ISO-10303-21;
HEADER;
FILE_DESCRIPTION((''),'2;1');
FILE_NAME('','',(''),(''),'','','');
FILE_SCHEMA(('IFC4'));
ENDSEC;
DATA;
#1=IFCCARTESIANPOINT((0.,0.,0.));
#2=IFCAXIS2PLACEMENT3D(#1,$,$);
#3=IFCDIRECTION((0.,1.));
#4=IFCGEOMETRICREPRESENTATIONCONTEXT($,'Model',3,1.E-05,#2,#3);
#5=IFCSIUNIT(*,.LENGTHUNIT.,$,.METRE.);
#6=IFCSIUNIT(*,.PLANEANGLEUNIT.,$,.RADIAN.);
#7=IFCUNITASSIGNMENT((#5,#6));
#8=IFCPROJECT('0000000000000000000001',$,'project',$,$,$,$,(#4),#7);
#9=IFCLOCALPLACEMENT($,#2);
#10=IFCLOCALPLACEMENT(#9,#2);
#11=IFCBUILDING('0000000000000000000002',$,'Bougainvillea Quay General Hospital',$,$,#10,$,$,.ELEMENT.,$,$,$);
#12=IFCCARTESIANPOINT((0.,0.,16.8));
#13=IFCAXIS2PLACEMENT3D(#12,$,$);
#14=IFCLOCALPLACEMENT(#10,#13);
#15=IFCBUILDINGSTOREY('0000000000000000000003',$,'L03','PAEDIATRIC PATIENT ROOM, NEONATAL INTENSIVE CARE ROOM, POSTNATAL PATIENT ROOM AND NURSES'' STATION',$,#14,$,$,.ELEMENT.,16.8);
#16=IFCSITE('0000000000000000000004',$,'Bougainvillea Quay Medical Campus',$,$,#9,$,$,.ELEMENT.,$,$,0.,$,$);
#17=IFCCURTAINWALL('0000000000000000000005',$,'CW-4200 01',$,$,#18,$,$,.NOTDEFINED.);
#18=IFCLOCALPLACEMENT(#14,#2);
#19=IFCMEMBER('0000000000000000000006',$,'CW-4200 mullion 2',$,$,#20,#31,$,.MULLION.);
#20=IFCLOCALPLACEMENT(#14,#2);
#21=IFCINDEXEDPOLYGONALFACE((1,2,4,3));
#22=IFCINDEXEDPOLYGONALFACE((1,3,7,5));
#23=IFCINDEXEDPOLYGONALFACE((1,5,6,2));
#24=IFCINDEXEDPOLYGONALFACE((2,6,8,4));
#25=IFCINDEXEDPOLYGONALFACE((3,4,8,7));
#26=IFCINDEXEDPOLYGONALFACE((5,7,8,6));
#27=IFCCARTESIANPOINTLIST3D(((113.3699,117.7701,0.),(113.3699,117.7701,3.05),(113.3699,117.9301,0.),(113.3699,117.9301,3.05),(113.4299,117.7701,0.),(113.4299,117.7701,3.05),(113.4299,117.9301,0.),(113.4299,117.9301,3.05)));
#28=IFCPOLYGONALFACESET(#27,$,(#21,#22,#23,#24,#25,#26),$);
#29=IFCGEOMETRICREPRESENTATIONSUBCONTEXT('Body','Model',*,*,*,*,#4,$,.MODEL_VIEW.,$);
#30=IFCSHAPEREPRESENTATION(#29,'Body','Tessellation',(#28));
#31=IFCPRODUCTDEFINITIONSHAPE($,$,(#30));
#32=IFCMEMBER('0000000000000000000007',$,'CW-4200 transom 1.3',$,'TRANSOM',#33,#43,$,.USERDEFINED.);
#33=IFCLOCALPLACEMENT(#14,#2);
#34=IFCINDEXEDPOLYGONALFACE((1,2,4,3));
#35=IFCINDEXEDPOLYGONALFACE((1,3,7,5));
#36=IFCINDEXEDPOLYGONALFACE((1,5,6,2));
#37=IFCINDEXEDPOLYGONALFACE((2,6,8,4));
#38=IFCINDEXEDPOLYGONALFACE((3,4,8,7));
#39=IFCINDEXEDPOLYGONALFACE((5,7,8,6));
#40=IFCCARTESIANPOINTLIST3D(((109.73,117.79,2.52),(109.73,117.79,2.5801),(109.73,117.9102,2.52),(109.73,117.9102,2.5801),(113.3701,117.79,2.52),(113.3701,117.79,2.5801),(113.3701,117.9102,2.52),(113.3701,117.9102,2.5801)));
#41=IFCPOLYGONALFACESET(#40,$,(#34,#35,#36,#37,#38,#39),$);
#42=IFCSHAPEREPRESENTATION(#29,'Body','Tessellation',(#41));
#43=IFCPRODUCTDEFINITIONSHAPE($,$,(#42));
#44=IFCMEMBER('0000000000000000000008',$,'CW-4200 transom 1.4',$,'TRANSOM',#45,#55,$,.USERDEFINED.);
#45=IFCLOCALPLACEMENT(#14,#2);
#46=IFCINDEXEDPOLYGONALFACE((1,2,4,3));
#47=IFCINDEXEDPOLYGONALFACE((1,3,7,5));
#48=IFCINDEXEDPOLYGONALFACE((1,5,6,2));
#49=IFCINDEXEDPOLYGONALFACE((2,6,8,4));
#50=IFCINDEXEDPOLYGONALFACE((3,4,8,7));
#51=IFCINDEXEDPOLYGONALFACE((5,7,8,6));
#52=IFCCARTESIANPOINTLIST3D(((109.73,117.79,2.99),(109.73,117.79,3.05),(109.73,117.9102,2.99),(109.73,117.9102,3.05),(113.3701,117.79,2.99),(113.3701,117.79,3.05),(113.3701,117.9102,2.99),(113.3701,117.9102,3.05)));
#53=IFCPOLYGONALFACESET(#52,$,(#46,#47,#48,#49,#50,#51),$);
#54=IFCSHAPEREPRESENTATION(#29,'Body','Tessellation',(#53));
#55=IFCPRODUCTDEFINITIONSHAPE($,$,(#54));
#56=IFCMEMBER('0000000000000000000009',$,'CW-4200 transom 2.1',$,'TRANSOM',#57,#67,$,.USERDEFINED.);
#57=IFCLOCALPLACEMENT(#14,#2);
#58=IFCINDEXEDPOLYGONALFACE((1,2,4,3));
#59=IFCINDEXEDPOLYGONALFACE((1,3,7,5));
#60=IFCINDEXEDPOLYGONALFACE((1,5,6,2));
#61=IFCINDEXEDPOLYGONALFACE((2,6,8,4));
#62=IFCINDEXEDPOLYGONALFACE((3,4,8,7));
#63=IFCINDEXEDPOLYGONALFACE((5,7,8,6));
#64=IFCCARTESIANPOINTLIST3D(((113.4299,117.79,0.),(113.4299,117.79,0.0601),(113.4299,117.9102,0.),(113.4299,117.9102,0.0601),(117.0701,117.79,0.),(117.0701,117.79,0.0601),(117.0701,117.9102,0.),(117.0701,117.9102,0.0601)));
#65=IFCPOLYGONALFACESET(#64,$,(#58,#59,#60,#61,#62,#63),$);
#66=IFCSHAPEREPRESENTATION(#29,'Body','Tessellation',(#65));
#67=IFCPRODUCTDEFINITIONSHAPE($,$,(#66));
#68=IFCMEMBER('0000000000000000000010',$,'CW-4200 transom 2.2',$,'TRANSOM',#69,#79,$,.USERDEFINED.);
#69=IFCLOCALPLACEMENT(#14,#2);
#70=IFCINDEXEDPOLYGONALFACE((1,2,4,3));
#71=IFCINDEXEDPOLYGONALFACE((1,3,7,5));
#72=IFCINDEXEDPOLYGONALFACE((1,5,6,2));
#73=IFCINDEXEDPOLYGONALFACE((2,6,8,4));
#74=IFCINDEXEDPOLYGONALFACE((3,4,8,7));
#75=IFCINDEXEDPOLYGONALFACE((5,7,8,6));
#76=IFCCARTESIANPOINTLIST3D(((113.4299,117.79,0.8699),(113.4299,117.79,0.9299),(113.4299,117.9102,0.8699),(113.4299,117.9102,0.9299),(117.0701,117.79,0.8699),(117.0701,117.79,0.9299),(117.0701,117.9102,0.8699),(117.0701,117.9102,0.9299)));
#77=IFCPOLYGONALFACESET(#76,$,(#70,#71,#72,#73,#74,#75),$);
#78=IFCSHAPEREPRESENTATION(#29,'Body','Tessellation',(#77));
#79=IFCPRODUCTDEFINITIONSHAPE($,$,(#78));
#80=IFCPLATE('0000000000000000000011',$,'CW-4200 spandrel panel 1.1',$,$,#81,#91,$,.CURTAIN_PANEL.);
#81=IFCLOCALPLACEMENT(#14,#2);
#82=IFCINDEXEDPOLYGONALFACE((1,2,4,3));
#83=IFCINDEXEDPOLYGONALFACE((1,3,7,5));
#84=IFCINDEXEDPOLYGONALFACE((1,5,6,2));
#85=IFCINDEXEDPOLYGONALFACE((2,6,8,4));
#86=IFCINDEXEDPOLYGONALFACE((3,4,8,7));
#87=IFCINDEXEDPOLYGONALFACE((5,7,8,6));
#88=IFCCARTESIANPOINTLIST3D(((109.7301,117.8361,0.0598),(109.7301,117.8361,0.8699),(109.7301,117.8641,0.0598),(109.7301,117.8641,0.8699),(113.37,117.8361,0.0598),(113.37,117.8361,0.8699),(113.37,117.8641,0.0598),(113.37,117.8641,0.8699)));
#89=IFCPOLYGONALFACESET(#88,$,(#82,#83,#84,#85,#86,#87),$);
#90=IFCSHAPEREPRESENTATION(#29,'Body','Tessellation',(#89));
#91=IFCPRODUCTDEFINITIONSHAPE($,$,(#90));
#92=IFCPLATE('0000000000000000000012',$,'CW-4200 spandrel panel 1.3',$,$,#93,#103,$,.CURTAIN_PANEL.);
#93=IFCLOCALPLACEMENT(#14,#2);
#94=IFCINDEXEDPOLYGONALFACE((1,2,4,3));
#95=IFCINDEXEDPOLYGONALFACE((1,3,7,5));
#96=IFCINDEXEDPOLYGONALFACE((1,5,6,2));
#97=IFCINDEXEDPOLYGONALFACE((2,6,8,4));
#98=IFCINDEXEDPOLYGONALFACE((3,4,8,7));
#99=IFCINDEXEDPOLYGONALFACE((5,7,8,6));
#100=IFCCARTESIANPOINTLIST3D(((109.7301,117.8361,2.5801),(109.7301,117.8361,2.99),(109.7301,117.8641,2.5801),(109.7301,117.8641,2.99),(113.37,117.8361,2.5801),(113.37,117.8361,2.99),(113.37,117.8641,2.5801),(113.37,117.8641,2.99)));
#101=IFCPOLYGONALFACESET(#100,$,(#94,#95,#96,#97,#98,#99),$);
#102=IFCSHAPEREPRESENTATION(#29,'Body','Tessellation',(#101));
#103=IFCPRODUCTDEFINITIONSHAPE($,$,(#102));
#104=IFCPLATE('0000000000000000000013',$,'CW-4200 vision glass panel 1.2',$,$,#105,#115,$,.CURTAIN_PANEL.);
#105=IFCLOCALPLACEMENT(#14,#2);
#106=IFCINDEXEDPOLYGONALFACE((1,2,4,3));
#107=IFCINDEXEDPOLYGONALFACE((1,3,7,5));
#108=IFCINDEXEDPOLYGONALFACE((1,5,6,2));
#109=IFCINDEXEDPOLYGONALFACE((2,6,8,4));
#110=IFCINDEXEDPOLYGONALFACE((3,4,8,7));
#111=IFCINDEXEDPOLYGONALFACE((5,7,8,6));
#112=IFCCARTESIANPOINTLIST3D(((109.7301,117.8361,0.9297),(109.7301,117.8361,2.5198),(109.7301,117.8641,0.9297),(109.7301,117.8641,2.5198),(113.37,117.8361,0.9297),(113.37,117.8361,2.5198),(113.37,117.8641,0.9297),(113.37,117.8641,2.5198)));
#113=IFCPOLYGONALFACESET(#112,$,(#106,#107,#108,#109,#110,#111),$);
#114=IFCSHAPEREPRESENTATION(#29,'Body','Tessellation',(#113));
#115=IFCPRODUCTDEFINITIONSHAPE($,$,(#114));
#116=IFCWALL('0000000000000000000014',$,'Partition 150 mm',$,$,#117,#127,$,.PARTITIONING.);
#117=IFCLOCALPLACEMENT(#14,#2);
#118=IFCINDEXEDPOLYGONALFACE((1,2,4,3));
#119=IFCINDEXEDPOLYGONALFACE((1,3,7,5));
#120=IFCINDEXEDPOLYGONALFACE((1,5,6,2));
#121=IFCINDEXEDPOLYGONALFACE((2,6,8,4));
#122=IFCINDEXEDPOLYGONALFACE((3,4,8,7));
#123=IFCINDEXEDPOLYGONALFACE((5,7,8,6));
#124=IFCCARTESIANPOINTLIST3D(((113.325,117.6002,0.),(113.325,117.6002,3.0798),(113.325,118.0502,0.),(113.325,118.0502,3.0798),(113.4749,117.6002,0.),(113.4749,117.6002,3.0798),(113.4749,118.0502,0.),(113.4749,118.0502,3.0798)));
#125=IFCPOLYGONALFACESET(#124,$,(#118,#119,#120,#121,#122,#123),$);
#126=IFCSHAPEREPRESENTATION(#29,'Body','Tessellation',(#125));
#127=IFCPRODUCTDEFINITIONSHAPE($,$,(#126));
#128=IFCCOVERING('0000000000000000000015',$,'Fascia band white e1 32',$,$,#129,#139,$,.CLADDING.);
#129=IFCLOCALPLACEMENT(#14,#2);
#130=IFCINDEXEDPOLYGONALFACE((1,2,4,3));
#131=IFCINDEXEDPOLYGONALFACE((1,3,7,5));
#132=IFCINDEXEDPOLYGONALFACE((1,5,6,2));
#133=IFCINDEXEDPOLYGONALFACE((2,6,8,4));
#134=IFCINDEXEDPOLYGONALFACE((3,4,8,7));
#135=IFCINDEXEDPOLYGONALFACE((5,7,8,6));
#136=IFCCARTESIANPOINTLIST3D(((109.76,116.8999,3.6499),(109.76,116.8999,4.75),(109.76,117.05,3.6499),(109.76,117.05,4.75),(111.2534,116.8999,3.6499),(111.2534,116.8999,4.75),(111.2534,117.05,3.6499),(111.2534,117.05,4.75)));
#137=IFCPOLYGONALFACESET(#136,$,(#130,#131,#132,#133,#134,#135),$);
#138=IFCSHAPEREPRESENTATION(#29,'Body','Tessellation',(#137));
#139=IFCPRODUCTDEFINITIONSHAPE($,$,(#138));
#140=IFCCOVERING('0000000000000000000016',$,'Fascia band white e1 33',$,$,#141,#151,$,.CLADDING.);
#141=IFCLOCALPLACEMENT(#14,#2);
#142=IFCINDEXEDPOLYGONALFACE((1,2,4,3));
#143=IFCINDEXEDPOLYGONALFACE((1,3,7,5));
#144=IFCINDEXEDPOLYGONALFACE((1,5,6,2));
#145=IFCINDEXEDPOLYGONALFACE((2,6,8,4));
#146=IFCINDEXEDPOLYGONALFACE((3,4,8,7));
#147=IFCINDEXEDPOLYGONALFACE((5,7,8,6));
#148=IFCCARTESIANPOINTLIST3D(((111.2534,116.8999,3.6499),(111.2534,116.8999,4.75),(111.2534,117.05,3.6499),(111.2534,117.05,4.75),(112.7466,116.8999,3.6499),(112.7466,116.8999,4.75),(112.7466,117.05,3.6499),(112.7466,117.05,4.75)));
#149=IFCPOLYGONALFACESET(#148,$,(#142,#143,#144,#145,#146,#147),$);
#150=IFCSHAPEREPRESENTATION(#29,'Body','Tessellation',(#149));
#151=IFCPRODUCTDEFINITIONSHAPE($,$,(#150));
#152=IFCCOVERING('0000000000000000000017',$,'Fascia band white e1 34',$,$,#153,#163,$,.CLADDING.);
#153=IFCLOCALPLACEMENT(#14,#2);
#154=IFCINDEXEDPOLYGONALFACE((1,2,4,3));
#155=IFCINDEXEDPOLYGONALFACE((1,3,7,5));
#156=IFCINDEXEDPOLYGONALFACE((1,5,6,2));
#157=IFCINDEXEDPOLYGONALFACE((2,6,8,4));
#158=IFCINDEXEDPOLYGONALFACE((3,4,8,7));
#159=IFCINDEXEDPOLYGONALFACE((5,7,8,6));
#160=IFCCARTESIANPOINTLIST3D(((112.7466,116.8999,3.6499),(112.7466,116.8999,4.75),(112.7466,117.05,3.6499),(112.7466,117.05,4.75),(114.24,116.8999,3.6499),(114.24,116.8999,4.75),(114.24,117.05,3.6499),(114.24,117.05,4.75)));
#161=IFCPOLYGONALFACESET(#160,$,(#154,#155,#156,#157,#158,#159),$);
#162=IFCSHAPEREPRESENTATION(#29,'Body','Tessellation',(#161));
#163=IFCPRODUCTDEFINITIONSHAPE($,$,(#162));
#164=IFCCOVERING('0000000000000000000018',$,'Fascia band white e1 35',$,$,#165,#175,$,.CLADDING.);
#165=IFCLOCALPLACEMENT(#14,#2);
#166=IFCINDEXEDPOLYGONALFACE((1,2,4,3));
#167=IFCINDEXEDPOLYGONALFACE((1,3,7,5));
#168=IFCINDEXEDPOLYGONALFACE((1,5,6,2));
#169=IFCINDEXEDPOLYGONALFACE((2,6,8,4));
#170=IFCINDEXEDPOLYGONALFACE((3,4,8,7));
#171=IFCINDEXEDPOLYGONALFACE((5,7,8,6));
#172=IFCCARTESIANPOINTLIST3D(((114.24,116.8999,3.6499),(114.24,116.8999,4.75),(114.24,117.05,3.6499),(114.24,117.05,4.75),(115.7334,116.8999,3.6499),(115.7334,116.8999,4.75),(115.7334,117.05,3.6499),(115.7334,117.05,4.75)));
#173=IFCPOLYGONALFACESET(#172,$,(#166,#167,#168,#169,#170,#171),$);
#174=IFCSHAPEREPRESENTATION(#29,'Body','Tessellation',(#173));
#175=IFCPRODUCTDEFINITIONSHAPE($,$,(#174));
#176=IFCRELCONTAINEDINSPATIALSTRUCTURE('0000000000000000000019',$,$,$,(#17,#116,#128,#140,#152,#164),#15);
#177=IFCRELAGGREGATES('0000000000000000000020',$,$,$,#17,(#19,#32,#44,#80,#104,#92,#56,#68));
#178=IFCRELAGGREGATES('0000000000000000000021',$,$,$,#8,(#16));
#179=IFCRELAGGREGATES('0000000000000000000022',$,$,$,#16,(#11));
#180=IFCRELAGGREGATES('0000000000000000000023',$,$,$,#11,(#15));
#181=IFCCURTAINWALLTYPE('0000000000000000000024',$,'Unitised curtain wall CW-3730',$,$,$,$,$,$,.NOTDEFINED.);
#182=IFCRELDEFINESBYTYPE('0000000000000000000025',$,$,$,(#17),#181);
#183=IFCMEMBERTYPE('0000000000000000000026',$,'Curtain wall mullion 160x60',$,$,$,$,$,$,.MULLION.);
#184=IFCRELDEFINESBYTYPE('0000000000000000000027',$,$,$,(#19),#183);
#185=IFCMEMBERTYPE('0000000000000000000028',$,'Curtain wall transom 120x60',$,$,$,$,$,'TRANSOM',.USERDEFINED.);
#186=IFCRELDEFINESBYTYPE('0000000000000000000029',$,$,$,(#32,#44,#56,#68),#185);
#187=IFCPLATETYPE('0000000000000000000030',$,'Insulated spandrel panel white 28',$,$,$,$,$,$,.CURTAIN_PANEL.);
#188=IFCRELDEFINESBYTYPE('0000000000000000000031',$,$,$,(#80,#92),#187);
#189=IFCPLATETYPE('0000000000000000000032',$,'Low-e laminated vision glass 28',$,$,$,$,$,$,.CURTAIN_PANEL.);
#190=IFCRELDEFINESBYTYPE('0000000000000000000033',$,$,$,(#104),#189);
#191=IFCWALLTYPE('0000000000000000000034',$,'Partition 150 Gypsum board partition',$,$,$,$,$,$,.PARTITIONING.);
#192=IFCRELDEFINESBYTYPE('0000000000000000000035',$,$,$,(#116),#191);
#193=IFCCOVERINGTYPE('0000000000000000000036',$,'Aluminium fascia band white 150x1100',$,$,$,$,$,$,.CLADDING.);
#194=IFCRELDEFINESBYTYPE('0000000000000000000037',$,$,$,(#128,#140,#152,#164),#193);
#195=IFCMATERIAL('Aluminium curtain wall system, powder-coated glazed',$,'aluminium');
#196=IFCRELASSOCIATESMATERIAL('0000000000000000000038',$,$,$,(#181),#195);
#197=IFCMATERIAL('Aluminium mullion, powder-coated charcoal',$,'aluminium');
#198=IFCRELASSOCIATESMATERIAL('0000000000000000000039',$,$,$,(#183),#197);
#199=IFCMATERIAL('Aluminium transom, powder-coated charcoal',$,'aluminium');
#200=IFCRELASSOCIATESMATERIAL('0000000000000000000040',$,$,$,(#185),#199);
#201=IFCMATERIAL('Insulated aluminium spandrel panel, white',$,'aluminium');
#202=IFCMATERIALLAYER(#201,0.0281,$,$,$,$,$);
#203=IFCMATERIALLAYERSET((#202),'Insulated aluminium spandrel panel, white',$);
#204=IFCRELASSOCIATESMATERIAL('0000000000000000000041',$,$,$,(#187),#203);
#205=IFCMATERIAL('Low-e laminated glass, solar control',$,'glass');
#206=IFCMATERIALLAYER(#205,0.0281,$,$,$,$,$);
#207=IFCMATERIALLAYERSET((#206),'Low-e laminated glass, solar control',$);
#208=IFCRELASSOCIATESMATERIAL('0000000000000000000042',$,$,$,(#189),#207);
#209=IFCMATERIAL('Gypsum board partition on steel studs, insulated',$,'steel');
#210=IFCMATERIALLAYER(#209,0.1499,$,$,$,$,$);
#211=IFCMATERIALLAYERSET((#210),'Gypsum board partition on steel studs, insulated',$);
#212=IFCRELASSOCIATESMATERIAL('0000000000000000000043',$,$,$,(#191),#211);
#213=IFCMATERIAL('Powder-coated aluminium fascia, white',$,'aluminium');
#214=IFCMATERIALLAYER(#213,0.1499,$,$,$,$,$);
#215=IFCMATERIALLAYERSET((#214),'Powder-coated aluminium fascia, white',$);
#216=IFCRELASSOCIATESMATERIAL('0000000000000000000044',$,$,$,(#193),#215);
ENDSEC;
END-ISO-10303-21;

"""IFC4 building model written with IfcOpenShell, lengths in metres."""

from ifc_helpers import new_model, si_unit, direction, frame, frame_2d, origin, origin_2d, place, context, subcontext, project, spatial, polyline, rectangle, outline, extrude, material, layer, layer_set, material_profile, profile_set, type_object, element, aggregate, save


model = new_model("IFC4")

# Units and contexts
model_context = context("Model", 3, precision=1e-05, world=origin(), true_north=direction((0.0, 1.0)))
body_context = subcontext(model_context, "Body", "Model", "MODEL_VIEW")
ifc_project = project(units=[si_unit("LENGTHUNIT", "METRE"), si_unit("PLANEANGLEUNIT", "RADIAN")], contexts=[model_context])

# Site, building, storey
site_placement = place(None, origin())
site = spatial("IfcSite", under=ifc_project, at=site_placement, Name="Bougainvillea Quay Medical Campus", CompositionType="ELEMENT", RefElevation=0.0)
building_placement = place(site_placement, origin())
building = spatial("IfcBuilding", under=site, at=building_placement, Name="Bougainvillea Quay General Hospital", CompositionType="ELEMENT")
storey_placement = place(building_placement, frame((0.0, 0.0, 16.8)))
storey = spatial("IfcBuildingStorey", under=building, at=storey_placement, Name="L03", Description="PAEDIATRIC PATIENT ROOM, NEONATAL INTENSIVE CARE ROOM, POSTNATAL PATIENT ROOM AND NURSES' STATION", CompositionType="ELEMENT", Elevation=16.8)

# Curtain wall, members, plates
ifc_material_1 = material(Name="Aluminium curtain wall system, powder-coated glazed", Category="aluminium")
curtain_wall_type = type_object("IfcCurtainWallType", Name="Unitised curtain wall CW-3730", PredefinedType="NOTDEFINED", material=ifc_material_1)
curtain_wall_placement = place(storey_placement, origin())
curtain_wall = element("IfcCurtainWall", 1, at=curtain_wall_placement, inside=storey, type_object=curtain_wall_type, Name="CW-4200 01", PredefinedType="NOTDEFINED")
ifc_material_2 = material(Name="Aluminium mullion, powder-coated charcoal", Category="aluminium")
ifc_material_profile_1 = material_profile(ifc_material_2, rectangle(XDim=0.1599, YDim=0.0601, at=origin_2d()))
ifc_profile_set_1 = profile_set([ifc_material_profile_1], Name="Aluminium mullion, powder-coated charcoal")
member_type_1 = type_object("IfcMemberType", Name="Curtain wall mullion 160x60", PredefinedType="MULLION", material=ifc_profile_set_1)
member_1_placement = place(storey_placement, frame((113.3999, 117.8501, 0.0), z_axis=(0.0, 0.0, 1.0), x_axis=(0.0, 1.0, 0.0)))
member_1 = element("IfcMember", 2, at=member_1_placement, type_object=member_type_1, Name="CW-4200 mullion 2", PredefinedType="MULLION", context=body_context, shape_type="SweptSolid", body=[
    extrude(rectangle(XDim=0.1599, YDim=0.0601, at=origin_2d()), origin(), (0.0, 0.0, 1.0), 3.05),
])
ifc_material_3 = material(Name="Aluminium transom, powder-coated charcoal", Category="aluminium")
ifc_material_profile_2 = material_profile(ifc_material_3, rectangle(XDim=0.1201, YDim=0.0601, at=origin_2d()))
ifc_profile_set_2 = profile_set([ifc_material_profile_2], Name="Aluminium transom, powder-coated charcoal")
member_type_2 = type_object("IfcMemberType", Name="Curtain wall transom 120x60", ElementType="TRANSOM", PredefinedType="USERDEFINED", material=ifc_profile_set_2)
member_2_placement = place(storey_placement, frame((109.73, 117.8501, 2.55), z_axis=(1.0, 0.0, 0.0), x_axis=(0.0, 1.0, 0.0)))
member_2 = element("IfcMember", 3, at=member_2_placement, type_object=member_type_2, Name="CW-4200 transom 1.3", ObjectType="TRANSOM", PredefinedType="USERDEFINED", context=body_context, shape_type="SweptSolid", body=[
    extrude(rectangle(XDim=0.1201, YDim=0.0601, at=origin_2d()), origin(), (0.0, 0.0, 1.0), 3.6401),
])
member_3_placement = place(storey_placement, frame((109.73, 117.8501, 3.02), z_axis=(1.0, 0.0, 0.0), x_axis=(0.0, 1.0, 0.0)))
member_3 = element("IfcMember", 4, at=member_3_placement, type_object=member_type_2, Name="CW-4200 transom 1.4", ObjectType="TRANSOM", PredefinedType="USERDEFINED", context=body_context, shape_type="SweptSolid", body=[
    extrude(rectangle(XDim=0.1201, YDim=0.0601, at=origin_2d()), origin(), (0.0, 0.0, 1.0), 3.6401),
])
member_4_placement = place(storey_placement, frame((113.4299, 117.8501, 0.03), z_axis=(1.0, 0.0, 0.0), x_axis=(0.0, 1.0, 0.0)))
member_4 = element("IfcMember", 5, at=member_4_placement, type_object=member_type_2, Name="CW-4200 transom 2.1", ObjectType="TRANSOM", PredefinedType="USERDEFINED", context=body_context, shape_type="SweptSolid", body=[
    extrude(rectangle(XDim=0.1201, YDim=0.0601, at=origin_2d()), origin(), (0.0, 0.0, 1.0), 3.6401),
])
member_5_placement = place(storey_placement, frame((113.4299, 117.8501, 0.8999), z_axis=(1.0, 0.0, 0.0), x_axis=(0.0, 1.0, 0.0)))
member_5 = element("IfcMember", 6, at=member_5_placement, type_object=member_type_2, Name="CW-4200 transom 2.2", ObjectType="TRANSOM", PredefinedType="USERDEFINED", context=body_context, shape_type="SweptSolid", body=[
    extrude(rectangle(XDim=0.1201, YDim=0.0601, at=origin_2d()), origin(), (0.0, 0.0, 1.0), 3.6401),
])
ifc_material_4 = material(Name="Insulated aluminium spandrel panel, white", Category="aluminium")
ifc_layer_1 = layer(ifc_material_4, 0.0281)
ifc_layer_set_1 = layer_set([ifc_layer_1], Name="Insulated aluminium spandrel panel, white")
plate_type_1 = type_object("IfcPlateType", Name="Insulated spandrel panel white 28", PredefinedType="CURTAIN_PANEL", material=ifc_layer_set_1)
plate_1_placement = place(storey_placement, frame((111.55, 117.8501, 0.0598), z_axis=(0.0, 0.0, 1.0), x_axis=(1.0, 0.0, 0.0)))
plate_1 = element("IfcPlate", 7, at=plate_1_placement, type_object=plate_type_1, Name="CW-4200 spandrel panel 1.1", PredefinedType="CURTAIN_PANEL", context=body_context, shape_type="SweptSolid", body=[
    extrude(rectangle(XDim=3.6399, YDim=0.0281, at=origin_2d()), origin(), (0.0, 0.0, 1.0), 0.8101),
])
plate_2_placement = place(storey_placement, frame((111.55, 117.8501, 2.5801), z_axis=(0.0, 0.0, 1.0), x_axis=(1.0, 0.0, 0.0)))
plate_2 = element("IfcPlate", 8, at=plate_2_placement, type_object=plate_type_1, Name="CW-4200 spandrel panel 1.3", PredefinedType="CURTAIN_PANEL", context=body_context, shape_type="SweptSolid", body=[
    extrude(rectangle(XDim=3.6399, YDim=0.0281, at=origin_2d()), origin(), (0.0, 0.0, 1.0), 0.4099),
])
ifc_material_5 = material(Name="Low-e laminated glass, solar control", Category="glass")
ifc_layer_2 = layer(ifc_material_5, 0.0281)
ifc_layer_set_2 = layer_set([ifc_layer_2], Name="Low-e laminated glass, solar control")
plate_type_2 = type_object("IfcPlateType", Name="Low-e laminated vision glass 28", PredefinedType="CURTAIN_PANEL", material=ifc_layer_set_2)
plate_3_placement = place(storey_placement, frame((111.55, 117.8501, 0.9297), z_axis=(0.0, 0.0, 1.0), x_axis=(1.0, 0.0, 0.0)))
plate_3 = element("IfcPlate", 9, at=plate_3_placement, type_object=plate_type_2, Name="CW-4200 vision glass panel 1.2", PredefinedType="CURTAIN_PANEL", context=body_context, shape_type="SweptSolid", body=[
    extrude(rectangle(XDim=3.6399, YDim=0.0281, at=origin_2d()), origin(), (0.0, 0.0, 1.0), 1.5901),
])
aggregate(curtain_wall, [member_1, member_2, member_3, plate_1, plate_3, plate_2, member_4, member_5])

# Wall
ifc_material_6 = material(Name="Gypsum board partition on steel studs, insulated", Category="steel")
ifc_layer_3 = layer(ifc_material_6, 0.1499)
ifc_layer_set_3 = layer_set([ifc_layer_3], Name="Gypsum board partition on steel studs, insulated")
wall_type = type_object("IfcWallType", Name="Partition 150 Gypsum board partition", PredefinedType="PARTITIONING", material=ifc_layer_set_3)
wall_placement = place(storey_placement, frame((113.3999, 117.6001, 0.0), z_axis=(0.0, 0.0, 1.0), x_axis=(0.0, 1.0, 0.0)))
element("IfcWall", 10, at=wall_placement, inside=storey, type_object=wall_type, Name="Partition 150 mm", PredefinedType="PARTITIONING", context=body_context, shape_type="SweptSolid", body=[
    extrude(rectangle(XDim=0.45, YDim=0.1499, at=frame_2d((0.2251, 0.0))), origin(), (0.0, 0.0, 1.0), 3.0798),
])

# Coverings
ifc_material_7 = material(Name="Powder-coated aluminium fascia, white", Category="aluminium")
ifc_layer_4 = layer(ifc_material_7, 0.1499)
ifc_layer_set_4 = layer_set([ifc_layer_4], Name="Powder-coated aluminium fascia, white")
covering_type = type_object("IfcCoveringType", Name="Aluminium fascia band white 150x1100", PredefinedType="CLADDING", material=ifc_layer_set_4)
covering_1_placement = place(storey_placement, frame((109.76, 117.05, 3.6499), z_axis=(0.0, 0.0, 1.0), x_axis=(1.0, 0.0, 0.0)))
element("IfcCovering", 11, at=covering_1_placement, inside=storey, type_object=covering_type, Name="Fascia band white e1 32", PredefinedType="CLADDING", context=body_context, shape_type="SweptSolid", body=[
    extrude(outline(polyline([(0.0, 0.0), (1.4934, 0.0), (1.4934, -0.1501), (0.0, -0.1501), (0.0, 0.0)])), origin(), (0.0, 0.0, 1.0), 1.1001),
])
covering_2_placement = place(storey_placement, frame((111.2534, 117.05, 3.6499), z_axis=(0.0, 0.0, 1.0), x_axis=(1.0, 0.0, 0.0)))
element("IfcCovering", 12, at=covering_2_placement, inside=storey, type_object=covering_type, Name="Fascia band white e1 33", PredefinedType="CLADDING", context=body_context, shape_type="SweptSolid", body=[
    extrude(outline(polyline([(0.0, 0.0), (1.4932, 0.0), (1.4932, -0.1501), (0.0, -0.1501), (0.0, 0.0)])), origin(), (0.0, 0.0, 1.0), 1.1001),
])
for number, where, z_axis, x_axis, name in (
    (13, (112.7466, 117.05, 3.6499), (0.0, 0.0, 1.0), (1.0, 0.0, 0.0), "Fascia band white e1 34"),
    (14, (114.24, 117.05, 3.6499), (0.0, 0.0, 1.0), (1.0, 0.0, 0.0), "Fascia band white e1 35"),
):
    element("IfcCovering", number, at=place(storey_placement, frame(where, z_axis=z_axis, x_axis=x_axis)), inside=storey, type_object=covering_type, Name=name, PredefinedType="CLADDING", context=body_context, shape_type="SweptSolid", body=[
        extrude(outline(polyline([(0.0, 0.0), (1.4934, 0.0), (1.4934, -0.1501), (0.0, -0.1501), (0.0, 0.0)])), origin(), (0.0, 0.0, 1.0), 1.1001),
    ])

save(model, "model.ifc")
